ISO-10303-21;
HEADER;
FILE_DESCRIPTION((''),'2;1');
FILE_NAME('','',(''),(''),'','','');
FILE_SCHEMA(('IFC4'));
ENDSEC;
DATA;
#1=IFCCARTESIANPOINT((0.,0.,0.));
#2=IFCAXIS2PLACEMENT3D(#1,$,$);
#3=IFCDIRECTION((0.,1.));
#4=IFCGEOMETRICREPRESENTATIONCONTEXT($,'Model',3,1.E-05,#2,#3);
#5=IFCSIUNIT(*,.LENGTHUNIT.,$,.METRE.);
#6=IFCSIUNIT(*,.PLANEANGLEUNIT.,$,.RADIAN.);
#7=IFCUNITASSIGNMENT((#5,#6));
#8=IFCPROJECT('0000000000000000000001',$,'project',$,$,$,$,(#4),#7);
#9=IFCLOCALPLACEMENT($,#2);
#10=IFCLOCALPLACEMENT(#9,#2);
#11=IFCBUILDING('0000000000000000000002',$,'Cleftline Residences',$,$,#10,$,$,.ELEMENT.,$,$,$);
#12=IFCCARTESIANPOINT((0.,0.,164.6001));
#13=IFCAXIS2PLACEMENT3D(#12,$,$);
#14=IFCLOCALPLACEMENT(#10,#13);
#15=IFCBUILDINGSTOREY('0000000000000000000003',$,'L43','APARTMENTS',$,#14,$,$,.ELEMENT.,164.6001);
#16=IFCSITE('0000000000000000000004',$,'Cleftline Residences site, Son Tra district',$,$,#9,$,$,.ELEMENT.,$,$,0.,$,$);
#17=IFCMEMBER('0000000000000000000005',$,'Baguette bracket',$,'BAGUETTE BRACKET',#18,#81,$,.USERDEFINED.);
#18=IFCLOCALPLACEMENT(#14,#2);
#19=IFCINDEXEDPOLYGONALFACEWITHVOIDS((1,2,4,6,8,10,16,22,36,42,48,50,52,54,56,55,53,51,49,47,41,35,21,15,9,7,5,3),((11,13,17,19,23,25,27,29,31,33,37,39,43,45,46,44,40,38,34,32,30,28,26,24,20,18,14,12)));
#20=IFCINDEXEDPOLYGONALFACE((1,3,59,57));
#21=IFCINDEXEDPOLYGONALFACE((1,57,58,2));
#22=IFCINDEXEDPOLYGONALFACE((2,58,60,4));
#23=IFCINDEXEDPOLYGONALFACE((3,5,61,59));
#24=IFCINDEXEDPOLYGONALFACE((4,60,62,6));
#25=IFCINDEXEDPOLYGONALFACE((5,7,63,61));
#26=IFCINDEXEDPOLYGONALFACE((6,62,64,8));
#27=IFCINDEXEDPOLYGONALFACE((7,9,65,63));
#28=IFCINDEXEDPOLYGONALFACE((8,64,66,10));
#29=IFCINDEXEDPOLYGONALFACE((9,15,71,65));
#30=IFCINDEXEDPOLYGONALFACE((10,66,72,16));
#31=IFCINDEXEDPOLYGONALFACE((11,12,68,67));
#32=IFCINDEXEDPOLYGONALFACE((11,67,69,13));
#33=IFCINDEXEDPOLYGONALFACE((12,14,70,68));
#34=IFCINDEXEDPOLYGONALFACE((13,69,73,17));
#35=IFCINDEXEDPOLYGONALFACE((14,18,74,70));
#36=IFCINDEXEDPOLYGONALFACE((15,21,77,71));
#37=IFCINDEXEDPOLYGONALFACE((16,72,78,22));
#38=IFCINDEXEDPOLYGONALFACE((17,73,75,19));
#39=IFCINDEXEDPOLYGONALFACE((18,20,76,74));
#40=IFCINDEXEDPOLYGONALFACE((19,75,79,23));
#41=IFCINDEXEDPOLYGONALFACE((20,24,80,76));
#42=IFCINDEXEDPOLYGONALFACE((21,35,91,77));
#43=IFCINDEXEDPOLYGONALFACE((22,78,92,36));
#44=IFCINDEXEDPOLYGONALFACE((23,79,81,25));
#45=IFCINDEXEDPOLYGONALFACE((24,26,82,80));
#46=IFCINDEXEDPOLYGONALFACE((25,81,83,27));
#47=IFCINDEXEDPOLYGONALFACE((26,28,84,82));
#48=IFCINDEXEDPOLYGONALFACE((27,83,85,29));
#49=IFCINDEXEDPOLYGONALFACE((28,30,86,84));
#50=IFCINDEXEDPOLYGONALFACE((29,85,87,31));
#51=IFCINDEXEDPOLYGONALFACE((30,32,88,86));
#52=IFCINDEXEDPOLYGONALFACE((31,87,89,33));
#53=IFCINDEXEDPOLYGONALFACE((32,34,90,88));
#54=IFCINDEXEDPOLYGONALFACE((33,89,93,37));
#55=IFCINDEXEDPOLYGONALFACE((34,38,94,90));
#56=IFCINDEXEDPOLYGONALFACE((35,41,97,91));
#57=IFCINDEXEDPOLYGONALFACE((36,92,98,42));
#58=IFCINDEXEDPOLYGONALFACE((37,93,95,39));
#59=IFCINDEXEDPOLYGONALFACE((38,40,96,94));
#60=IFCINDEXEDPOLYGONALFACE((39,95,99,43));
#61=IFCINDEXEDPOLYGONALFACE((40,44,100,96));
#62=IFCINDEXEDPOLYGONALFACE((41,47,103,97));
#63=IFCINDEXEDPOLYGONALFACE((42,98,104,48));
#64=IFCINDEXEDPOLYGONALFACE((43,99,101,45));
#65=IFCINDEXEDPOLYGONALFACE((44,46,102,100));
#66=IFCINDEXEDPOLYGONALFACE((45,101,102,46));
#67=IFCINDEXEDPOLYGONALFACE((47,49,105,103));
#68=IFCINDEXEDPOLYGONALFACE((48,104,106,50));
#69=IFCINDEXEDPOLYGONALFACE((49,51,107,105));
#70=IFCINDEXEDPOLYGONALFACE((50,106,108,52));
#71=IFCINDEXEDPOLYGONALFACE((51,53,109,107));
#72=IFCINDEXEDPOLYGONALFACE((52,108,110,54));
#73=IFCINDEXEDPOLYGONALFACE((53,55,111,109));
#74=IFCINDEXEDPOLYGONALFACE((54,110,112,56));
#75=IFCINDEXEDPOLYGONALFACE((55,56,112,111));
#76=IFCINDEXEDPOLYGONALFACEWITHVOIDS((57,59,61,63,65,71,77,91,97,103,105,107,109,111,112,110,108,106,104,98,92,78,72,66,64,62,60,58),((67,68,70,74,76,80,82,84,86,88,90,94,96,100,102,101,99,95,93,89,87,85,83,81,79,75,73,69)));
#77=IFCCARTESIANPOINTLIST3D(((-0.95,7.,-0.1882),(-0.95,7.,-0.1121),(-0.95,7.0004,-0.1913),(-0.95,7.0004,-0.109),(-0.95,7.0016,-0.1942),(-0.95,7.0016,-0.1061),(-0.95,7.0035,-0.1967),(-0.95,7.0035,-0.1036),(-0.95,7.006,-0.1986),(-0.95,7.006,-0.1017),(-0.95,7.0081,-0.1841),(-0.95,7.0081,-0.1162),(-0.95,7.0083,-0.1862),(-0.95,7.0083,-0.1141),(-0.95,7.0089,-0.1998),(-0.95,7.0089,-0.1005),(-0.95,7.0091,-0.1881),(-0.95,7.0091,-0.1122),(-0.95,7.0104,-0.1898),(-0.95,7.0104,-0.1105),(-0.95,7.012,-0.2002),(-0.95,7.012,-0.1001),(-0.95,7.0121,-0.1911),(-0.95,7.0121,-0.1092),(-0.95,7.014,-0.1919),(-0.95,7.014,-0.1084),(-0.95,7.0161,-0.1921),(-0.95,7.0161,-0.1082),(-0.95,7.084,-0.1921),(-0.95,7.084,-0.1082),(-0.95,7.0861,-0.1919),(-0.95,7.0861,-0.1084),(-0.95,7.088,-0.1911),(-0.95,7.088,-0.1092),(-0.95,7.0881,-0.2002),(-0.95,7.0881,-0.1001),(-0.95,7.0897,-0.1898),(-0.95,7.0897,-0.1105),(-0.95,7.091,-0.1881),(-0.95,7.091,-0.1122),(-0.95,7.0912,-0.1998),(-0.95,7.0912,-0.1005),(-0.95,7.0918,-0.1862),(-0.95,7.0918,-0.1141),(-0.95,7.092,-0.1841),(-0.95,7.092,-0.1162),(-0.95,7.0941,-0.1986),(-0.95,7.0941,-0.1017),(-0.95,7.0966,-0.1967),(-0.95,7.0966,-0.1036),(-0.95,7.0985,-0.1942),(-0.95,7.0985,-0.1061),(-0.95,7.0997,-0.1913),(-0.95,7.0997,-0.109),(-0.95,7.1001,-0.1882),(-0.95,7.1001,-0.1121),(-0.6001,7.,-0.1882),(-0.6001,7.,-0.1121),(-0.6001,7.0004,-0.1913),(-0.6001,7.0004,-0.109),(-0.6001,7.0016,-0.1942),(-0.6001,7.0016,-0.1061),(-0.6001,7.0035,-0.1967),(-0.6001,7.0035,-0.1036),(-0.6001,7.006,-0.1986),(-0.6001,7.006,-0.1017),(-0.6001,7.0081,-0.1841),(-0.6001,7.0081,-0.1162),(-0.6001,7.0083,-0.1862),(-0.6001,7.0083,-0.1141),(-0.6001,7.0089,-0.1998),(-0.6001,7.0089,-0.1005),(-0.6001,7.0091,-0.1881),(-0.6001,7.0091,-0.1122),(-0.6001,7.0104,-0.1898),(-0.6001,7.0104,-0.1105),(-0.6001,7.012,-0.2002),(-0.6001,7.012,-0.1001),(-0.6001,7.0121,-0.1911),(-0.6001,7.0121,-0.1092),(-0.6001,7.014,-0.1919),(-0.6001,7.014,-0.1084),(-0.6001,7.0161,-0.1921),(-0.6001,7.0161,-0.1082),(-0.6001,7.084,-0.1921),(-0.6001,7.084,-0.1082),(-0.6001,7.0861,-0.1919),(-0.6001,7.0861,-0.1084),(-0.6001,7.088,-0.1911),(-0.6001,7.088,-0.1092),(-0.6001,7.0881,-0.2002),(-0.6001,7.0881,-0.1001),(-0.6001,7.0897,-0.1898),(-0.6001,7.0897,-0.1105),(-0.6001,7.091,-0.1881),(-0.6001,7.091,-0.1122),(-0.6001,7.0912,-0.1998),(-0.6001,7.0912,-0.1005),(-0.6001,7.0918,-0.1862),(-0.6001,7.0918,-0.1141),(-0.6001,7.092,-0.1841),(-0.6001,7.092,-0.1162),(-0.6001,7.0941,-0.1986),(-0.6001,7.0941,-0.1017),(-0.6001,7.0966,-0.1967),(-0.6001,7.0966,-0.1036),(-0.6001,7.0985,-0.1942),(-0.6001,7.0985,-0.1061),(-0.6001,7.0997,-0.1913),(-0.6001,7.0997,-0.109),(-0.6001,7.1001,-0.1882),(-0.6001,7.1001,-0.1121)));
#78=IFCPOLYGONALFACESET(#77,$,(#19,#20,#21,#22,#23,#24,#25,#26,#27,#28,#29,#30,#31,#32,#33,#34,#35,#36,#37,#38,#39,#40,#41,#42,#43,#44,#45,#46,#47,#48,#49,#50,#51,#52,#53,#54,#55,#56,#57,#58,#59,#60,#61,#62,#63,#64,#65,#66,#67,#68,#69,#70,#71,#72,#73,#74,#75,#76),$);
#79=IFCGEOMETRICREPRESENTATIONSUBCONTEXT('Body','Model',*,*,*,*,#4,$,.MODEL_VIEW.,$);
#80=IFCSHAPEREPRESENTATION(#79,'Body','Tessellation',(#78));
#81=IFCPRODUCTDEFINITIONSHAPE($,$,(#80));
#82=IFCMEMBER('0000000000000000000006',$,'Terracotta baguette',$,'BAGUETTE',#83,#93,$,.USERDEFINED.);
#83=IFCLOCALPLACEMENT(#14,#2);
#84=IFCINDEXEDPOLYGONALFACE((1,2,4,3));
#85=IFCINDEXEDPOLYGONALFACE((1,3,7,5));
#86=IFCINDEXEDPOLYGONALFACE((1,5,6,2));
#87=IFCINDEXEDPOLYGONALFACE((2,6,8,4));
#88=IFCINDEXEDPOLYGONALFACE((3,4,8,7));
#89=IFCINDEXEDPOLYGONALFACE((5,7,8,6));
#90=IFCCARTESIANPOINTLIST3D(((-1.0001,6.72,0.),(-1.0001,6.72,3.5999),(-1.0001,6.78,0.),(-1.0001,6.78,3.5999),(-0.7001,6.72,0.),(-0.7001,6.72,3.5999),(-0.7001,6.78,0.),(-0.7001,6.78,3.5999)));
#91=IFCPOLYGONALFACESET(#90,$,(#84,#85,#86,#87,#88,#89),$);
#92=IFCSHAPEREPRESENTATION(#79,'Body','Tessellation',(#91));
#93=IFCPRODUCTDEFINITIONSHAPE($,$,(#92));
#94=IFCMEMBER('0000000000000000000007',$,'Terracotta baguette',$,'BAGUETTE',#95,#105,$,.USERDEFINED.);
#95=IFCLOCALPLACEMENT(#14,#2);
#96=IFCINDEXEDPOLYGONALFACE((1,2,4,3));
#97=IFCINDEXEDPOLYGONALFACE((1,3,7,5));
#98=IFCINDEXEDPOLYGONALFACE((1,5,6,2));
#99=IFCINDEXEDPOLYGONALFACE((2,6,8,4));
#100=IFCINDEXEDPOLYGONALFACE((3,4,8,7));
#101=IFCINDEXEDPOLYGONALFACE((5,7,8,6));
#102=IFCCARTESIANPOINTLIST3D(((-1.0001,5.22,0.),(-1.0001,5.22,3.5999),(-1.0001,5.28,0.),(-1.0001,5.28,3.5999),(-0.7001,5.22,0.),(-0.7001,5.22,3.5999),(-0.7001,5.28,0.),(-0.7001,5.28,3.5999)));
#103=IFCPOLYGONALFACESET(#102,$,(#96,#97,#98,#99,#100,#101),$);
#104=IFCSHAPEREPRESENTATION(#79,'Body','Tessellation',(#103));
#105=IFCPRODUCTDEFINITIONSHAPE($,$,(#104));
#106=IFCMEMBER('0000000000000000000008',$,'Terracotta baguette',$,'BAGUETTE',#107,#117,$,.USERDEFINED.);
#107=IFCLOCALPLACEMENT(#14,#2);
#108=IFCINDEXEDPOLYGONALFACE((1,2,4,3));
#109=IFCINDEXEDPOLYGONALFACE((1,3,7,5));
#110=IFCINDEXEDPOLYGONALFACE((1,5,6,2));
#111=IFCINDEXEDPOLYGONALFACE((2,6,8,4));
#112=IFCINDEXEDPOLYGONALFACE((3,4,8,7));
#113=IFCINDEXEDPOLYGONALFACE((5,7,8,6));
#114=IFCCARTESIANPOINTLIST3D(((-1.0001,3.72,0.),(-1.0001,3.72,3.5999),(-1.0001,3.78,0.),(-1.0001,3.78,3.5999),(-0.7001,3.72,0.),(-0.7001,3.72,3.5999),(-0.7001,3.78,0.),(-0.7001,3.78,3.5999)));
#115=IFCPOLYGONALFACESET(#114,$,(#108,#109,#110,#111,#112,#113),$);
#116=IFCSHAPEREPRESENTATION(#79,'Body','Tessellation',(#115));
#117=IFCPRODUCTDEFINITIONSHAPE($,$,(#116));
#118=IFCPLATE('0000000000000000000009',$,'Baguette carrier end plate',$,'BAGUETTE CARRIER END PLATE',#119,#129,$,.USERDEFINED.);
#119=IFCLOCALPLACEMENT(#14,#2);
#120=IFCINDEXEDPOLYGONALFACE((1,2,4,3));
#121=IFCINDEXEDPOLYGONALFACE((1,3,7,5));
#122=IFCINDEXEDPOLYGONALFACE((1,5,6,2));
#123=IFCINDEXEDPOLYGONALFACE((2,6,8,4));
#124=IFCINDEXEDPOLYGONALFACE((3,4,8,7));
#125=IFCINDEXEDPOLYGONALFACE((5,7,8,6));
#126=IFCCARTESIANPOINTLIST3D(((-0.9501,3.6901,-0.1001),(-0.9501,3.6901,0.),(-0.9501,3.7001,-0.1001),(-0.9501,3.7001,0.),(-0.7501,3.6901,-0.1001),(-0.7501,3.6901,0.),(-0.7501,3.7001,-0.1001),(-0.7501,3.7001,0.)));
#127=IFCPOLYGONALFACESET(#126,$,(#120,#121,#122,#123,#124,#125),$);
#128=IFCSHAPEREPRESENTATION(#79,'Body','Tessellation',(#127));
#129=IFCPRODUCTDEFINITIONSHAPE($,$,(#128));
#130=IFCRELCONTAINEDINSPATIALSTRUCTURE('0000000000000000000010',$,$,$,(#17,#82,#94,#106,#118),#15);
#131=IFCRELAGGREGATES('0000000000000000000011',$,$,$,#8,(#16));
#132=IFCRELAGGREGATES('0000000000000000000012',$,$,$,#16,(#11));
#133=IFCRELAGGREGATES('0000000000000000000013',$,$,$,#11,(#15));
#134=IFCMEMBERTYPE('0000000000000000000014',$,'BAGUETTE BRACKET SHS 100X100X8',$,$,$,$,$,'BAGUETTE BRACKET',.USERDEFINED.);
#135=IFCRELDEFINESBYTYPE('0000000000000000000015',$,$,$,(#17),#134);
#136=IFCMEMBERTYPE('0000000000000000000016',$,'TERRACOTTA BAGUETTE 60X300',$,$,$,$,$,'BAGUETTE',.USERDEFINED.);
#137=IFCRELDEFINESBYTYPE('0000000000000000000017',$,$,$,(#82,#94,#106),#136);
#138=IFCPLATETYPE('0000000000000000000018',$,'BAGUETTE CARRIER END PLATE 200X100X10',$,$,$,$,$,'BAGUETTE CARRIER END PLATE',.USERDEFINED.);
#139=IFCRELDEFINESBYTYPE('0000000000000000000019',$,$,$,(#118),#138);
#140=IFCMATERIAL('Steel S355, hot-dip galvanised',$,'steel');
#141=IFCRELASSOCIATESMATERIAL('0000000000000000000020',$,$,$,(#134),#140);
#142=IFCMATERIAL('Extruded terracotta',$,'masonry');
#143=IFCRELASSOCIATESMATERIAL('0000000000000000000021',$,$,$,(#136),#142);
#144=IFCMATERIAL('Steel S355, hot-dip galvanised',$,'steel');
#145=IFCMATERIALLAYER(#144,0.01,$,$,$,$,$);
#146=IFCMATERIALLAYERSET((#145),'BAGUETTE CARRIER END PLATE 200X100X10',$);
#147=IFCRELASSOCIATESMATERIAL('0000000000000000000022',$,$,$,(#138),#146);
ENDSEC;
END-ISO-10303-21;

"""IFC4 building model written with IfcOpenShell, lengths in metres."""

from ifc_helpers import new_model, si_unit, direction, frame, origin, origin_2d, place, context, subcontext, project, spatial, rectangle, hollow_rectangle, extrude, material, layer, layer_set, material_profile, profile_set, type_object, element, save


model = new_model("IFC4")

# Units and contexts
model_context = context("Model", 3, precision=1e-05, world=origin(), true_north=direction((0.0, 1.0)))
body_context = subcontext(model_context, "Body", "Model", "MODEL_VIEW")
ifc_project = project(units=[si_unit("LENGTHUNIT", "METRE"), si_unit("PLANEANGLEUNIT", "RADIAN")], contexts=[model_context])

# Site, building, storey
site_placement = place(None, origin())
site = spatial("IfcSite", under=ifc_project, at=site_placement, Name="Cleftline Residences site, Son Tra district", CompositionType="ELEMENT", RefElevation=0.0)
building_placement = place(site_placement, origin())
building = spatial("IfcBuilding", under=site, at=building_placement, Name="Cleftline Residences", CompositionType="ELEMENT")
storey_placement = place(building_placement, frame((0.0, 0.0, 164.6001)))
storey = spatial("IfcBuildingStorey", under=building, at=storey_placement, Name="L43", Description="APARTMENTS", CompositionType="ELEMENT", Elevation=164.6001)

# Members
ifc_material_1 = material(Name="Steel S355, hot-dip galvanised", Category="steel")
ifc_material_profile_1 = material_profile(ifc_material_1, hollow_rectangle(XDim=0.1001, YDim=0.1001, WallThickness=0.0081, InnerFilletRadius=0.0081, OuterFilletRadius=0.012, at=origin_2d()))
ifc_profile_set_1 = profile_set([ifc_material_profile_1], Name="Steel S355, hot-dip galvanised")
member_type_1 = type_object("IfcMemberType", Name="BAGUETTE BRACKET SHS 100X100X8", ElementType="BAGUETTE BRACKET", PredefinedType="USERDEFINED", material=ifc_profile_set_1)
member_placement = place(storey_placement, frame((-0.6001, 7.05, -0.1501), z_axis=(-1.0, 0.0, 0.0), x_axis=(0.0, -1.0, 0.0)))
element("IfcMember", 1, at=member_placement, inside=storey, type_object=member_type_1, Name="Baguette bracket", ObjectType="BAGUETTE BRACKET", PredefinedType="USERDEFINED", context=body_context, shape_type="SweptSolid", body=[
    extrude(hollow_rectangle(XDim=0.1001, YDim=0.1001, WallThickness=0.0081, InnerFilletRadius=0.0081, OuterFilletRadius=0.012, at=origin_2d()), origin(), (0.0, 0.0, 1.0), 0.3499),
])
ifc_material_2 = material(Name="Extruded terracotta", Category="masonry")
ifc_material_profile_2 = material_profile(ifc_material_2, rectangle(XDim=0.0601, YDim=0.3, at=origin_2d()))
ifc_profile_set_2 = profile_set([ifc_material_profile_2], Name="Extruded terracotta")
member_type_2 = type_object("IfcMemberType", Name="TERRACOTTA BAGUETTE 60X300", ElementType="BAGUETTE", PredefinedType="USERDEFINED", material=ifc_profile_set_2)
for number, where, z_axis, x_axis, name in (
    (2, (-0.8501, 6.75, 0.0), (0.0, 0.0, 1.0), (0.0, 1.0, 0.0), "Terracotta baguette"),
    (3, (-0.8501, 5.25, 0.0), (0.0, 0.0, 1.0), (0.0, 1.0, 0.0), "Terracotta baguette"),
    (4, (-0.8501, 3.75, 0.0), (0.0, 0.0, 1.0), (0.0, 1.0, 0.0), "Terracotta baguette"),
):
    element("IfcMember", number, at=place(storey_placement, frame(where, z_axis=z_axis, x_axis=x_axis)), inside=storey, type_object=member_type_2, Name=name, ObjectType="BAGUETTE", PredefinedType="USERDEFINED", context=body_context, shape_type="SweptSolid", body=[
        extrude(rectangle(XDim=0.0601, YDim=0.3, at=origin_2d()), origin(), (0.0, 0.0, 1.0), 3.5999),
    ])

# Plate
ifc_material_3 = material(Name="Steel S355, hot-dip galvanised", Category="steel")
ifc_layer_1 = layer(ifc_material_3, 0.01)
ifc_layer_set_1 = layer_set([ifc_layer_1], Name="BAGUETTE CARRIER END PLATE 200X100X10")
plate_type = type_object("IfcPlateType", Name="BAGUETTE CARRIER END PLATE 200X100X10", ElementType="BAGUETTE CARRIER END PLATE", PredefinedType="USERDEFINED", material=ifc_layer_set_1)
plate_placement = place(storey_placement, frame((-0.8501, 3.6951, -0.1001), z_axis=(0.0, 0.0, 1.0), x_axis=(-1.0, 0.0, 0.0)))
element("IfcPlate", 5, at=plate_placement, inside=storey, type_object=plate_type, Name="Baguette carrier end plate", ObjectType="BAGUETTE CARRIER END PLATE", PredefinedType="USERDEFINED", context=body_context, shape_type="SweptSolid", body=[
    extrude(rectangle(XDim=0.2, YDim=0.01, at=origin_2d()), origin(), (0.0, 0.0, 1.0), 0.1001),
])

save(model, "model.ifc")
